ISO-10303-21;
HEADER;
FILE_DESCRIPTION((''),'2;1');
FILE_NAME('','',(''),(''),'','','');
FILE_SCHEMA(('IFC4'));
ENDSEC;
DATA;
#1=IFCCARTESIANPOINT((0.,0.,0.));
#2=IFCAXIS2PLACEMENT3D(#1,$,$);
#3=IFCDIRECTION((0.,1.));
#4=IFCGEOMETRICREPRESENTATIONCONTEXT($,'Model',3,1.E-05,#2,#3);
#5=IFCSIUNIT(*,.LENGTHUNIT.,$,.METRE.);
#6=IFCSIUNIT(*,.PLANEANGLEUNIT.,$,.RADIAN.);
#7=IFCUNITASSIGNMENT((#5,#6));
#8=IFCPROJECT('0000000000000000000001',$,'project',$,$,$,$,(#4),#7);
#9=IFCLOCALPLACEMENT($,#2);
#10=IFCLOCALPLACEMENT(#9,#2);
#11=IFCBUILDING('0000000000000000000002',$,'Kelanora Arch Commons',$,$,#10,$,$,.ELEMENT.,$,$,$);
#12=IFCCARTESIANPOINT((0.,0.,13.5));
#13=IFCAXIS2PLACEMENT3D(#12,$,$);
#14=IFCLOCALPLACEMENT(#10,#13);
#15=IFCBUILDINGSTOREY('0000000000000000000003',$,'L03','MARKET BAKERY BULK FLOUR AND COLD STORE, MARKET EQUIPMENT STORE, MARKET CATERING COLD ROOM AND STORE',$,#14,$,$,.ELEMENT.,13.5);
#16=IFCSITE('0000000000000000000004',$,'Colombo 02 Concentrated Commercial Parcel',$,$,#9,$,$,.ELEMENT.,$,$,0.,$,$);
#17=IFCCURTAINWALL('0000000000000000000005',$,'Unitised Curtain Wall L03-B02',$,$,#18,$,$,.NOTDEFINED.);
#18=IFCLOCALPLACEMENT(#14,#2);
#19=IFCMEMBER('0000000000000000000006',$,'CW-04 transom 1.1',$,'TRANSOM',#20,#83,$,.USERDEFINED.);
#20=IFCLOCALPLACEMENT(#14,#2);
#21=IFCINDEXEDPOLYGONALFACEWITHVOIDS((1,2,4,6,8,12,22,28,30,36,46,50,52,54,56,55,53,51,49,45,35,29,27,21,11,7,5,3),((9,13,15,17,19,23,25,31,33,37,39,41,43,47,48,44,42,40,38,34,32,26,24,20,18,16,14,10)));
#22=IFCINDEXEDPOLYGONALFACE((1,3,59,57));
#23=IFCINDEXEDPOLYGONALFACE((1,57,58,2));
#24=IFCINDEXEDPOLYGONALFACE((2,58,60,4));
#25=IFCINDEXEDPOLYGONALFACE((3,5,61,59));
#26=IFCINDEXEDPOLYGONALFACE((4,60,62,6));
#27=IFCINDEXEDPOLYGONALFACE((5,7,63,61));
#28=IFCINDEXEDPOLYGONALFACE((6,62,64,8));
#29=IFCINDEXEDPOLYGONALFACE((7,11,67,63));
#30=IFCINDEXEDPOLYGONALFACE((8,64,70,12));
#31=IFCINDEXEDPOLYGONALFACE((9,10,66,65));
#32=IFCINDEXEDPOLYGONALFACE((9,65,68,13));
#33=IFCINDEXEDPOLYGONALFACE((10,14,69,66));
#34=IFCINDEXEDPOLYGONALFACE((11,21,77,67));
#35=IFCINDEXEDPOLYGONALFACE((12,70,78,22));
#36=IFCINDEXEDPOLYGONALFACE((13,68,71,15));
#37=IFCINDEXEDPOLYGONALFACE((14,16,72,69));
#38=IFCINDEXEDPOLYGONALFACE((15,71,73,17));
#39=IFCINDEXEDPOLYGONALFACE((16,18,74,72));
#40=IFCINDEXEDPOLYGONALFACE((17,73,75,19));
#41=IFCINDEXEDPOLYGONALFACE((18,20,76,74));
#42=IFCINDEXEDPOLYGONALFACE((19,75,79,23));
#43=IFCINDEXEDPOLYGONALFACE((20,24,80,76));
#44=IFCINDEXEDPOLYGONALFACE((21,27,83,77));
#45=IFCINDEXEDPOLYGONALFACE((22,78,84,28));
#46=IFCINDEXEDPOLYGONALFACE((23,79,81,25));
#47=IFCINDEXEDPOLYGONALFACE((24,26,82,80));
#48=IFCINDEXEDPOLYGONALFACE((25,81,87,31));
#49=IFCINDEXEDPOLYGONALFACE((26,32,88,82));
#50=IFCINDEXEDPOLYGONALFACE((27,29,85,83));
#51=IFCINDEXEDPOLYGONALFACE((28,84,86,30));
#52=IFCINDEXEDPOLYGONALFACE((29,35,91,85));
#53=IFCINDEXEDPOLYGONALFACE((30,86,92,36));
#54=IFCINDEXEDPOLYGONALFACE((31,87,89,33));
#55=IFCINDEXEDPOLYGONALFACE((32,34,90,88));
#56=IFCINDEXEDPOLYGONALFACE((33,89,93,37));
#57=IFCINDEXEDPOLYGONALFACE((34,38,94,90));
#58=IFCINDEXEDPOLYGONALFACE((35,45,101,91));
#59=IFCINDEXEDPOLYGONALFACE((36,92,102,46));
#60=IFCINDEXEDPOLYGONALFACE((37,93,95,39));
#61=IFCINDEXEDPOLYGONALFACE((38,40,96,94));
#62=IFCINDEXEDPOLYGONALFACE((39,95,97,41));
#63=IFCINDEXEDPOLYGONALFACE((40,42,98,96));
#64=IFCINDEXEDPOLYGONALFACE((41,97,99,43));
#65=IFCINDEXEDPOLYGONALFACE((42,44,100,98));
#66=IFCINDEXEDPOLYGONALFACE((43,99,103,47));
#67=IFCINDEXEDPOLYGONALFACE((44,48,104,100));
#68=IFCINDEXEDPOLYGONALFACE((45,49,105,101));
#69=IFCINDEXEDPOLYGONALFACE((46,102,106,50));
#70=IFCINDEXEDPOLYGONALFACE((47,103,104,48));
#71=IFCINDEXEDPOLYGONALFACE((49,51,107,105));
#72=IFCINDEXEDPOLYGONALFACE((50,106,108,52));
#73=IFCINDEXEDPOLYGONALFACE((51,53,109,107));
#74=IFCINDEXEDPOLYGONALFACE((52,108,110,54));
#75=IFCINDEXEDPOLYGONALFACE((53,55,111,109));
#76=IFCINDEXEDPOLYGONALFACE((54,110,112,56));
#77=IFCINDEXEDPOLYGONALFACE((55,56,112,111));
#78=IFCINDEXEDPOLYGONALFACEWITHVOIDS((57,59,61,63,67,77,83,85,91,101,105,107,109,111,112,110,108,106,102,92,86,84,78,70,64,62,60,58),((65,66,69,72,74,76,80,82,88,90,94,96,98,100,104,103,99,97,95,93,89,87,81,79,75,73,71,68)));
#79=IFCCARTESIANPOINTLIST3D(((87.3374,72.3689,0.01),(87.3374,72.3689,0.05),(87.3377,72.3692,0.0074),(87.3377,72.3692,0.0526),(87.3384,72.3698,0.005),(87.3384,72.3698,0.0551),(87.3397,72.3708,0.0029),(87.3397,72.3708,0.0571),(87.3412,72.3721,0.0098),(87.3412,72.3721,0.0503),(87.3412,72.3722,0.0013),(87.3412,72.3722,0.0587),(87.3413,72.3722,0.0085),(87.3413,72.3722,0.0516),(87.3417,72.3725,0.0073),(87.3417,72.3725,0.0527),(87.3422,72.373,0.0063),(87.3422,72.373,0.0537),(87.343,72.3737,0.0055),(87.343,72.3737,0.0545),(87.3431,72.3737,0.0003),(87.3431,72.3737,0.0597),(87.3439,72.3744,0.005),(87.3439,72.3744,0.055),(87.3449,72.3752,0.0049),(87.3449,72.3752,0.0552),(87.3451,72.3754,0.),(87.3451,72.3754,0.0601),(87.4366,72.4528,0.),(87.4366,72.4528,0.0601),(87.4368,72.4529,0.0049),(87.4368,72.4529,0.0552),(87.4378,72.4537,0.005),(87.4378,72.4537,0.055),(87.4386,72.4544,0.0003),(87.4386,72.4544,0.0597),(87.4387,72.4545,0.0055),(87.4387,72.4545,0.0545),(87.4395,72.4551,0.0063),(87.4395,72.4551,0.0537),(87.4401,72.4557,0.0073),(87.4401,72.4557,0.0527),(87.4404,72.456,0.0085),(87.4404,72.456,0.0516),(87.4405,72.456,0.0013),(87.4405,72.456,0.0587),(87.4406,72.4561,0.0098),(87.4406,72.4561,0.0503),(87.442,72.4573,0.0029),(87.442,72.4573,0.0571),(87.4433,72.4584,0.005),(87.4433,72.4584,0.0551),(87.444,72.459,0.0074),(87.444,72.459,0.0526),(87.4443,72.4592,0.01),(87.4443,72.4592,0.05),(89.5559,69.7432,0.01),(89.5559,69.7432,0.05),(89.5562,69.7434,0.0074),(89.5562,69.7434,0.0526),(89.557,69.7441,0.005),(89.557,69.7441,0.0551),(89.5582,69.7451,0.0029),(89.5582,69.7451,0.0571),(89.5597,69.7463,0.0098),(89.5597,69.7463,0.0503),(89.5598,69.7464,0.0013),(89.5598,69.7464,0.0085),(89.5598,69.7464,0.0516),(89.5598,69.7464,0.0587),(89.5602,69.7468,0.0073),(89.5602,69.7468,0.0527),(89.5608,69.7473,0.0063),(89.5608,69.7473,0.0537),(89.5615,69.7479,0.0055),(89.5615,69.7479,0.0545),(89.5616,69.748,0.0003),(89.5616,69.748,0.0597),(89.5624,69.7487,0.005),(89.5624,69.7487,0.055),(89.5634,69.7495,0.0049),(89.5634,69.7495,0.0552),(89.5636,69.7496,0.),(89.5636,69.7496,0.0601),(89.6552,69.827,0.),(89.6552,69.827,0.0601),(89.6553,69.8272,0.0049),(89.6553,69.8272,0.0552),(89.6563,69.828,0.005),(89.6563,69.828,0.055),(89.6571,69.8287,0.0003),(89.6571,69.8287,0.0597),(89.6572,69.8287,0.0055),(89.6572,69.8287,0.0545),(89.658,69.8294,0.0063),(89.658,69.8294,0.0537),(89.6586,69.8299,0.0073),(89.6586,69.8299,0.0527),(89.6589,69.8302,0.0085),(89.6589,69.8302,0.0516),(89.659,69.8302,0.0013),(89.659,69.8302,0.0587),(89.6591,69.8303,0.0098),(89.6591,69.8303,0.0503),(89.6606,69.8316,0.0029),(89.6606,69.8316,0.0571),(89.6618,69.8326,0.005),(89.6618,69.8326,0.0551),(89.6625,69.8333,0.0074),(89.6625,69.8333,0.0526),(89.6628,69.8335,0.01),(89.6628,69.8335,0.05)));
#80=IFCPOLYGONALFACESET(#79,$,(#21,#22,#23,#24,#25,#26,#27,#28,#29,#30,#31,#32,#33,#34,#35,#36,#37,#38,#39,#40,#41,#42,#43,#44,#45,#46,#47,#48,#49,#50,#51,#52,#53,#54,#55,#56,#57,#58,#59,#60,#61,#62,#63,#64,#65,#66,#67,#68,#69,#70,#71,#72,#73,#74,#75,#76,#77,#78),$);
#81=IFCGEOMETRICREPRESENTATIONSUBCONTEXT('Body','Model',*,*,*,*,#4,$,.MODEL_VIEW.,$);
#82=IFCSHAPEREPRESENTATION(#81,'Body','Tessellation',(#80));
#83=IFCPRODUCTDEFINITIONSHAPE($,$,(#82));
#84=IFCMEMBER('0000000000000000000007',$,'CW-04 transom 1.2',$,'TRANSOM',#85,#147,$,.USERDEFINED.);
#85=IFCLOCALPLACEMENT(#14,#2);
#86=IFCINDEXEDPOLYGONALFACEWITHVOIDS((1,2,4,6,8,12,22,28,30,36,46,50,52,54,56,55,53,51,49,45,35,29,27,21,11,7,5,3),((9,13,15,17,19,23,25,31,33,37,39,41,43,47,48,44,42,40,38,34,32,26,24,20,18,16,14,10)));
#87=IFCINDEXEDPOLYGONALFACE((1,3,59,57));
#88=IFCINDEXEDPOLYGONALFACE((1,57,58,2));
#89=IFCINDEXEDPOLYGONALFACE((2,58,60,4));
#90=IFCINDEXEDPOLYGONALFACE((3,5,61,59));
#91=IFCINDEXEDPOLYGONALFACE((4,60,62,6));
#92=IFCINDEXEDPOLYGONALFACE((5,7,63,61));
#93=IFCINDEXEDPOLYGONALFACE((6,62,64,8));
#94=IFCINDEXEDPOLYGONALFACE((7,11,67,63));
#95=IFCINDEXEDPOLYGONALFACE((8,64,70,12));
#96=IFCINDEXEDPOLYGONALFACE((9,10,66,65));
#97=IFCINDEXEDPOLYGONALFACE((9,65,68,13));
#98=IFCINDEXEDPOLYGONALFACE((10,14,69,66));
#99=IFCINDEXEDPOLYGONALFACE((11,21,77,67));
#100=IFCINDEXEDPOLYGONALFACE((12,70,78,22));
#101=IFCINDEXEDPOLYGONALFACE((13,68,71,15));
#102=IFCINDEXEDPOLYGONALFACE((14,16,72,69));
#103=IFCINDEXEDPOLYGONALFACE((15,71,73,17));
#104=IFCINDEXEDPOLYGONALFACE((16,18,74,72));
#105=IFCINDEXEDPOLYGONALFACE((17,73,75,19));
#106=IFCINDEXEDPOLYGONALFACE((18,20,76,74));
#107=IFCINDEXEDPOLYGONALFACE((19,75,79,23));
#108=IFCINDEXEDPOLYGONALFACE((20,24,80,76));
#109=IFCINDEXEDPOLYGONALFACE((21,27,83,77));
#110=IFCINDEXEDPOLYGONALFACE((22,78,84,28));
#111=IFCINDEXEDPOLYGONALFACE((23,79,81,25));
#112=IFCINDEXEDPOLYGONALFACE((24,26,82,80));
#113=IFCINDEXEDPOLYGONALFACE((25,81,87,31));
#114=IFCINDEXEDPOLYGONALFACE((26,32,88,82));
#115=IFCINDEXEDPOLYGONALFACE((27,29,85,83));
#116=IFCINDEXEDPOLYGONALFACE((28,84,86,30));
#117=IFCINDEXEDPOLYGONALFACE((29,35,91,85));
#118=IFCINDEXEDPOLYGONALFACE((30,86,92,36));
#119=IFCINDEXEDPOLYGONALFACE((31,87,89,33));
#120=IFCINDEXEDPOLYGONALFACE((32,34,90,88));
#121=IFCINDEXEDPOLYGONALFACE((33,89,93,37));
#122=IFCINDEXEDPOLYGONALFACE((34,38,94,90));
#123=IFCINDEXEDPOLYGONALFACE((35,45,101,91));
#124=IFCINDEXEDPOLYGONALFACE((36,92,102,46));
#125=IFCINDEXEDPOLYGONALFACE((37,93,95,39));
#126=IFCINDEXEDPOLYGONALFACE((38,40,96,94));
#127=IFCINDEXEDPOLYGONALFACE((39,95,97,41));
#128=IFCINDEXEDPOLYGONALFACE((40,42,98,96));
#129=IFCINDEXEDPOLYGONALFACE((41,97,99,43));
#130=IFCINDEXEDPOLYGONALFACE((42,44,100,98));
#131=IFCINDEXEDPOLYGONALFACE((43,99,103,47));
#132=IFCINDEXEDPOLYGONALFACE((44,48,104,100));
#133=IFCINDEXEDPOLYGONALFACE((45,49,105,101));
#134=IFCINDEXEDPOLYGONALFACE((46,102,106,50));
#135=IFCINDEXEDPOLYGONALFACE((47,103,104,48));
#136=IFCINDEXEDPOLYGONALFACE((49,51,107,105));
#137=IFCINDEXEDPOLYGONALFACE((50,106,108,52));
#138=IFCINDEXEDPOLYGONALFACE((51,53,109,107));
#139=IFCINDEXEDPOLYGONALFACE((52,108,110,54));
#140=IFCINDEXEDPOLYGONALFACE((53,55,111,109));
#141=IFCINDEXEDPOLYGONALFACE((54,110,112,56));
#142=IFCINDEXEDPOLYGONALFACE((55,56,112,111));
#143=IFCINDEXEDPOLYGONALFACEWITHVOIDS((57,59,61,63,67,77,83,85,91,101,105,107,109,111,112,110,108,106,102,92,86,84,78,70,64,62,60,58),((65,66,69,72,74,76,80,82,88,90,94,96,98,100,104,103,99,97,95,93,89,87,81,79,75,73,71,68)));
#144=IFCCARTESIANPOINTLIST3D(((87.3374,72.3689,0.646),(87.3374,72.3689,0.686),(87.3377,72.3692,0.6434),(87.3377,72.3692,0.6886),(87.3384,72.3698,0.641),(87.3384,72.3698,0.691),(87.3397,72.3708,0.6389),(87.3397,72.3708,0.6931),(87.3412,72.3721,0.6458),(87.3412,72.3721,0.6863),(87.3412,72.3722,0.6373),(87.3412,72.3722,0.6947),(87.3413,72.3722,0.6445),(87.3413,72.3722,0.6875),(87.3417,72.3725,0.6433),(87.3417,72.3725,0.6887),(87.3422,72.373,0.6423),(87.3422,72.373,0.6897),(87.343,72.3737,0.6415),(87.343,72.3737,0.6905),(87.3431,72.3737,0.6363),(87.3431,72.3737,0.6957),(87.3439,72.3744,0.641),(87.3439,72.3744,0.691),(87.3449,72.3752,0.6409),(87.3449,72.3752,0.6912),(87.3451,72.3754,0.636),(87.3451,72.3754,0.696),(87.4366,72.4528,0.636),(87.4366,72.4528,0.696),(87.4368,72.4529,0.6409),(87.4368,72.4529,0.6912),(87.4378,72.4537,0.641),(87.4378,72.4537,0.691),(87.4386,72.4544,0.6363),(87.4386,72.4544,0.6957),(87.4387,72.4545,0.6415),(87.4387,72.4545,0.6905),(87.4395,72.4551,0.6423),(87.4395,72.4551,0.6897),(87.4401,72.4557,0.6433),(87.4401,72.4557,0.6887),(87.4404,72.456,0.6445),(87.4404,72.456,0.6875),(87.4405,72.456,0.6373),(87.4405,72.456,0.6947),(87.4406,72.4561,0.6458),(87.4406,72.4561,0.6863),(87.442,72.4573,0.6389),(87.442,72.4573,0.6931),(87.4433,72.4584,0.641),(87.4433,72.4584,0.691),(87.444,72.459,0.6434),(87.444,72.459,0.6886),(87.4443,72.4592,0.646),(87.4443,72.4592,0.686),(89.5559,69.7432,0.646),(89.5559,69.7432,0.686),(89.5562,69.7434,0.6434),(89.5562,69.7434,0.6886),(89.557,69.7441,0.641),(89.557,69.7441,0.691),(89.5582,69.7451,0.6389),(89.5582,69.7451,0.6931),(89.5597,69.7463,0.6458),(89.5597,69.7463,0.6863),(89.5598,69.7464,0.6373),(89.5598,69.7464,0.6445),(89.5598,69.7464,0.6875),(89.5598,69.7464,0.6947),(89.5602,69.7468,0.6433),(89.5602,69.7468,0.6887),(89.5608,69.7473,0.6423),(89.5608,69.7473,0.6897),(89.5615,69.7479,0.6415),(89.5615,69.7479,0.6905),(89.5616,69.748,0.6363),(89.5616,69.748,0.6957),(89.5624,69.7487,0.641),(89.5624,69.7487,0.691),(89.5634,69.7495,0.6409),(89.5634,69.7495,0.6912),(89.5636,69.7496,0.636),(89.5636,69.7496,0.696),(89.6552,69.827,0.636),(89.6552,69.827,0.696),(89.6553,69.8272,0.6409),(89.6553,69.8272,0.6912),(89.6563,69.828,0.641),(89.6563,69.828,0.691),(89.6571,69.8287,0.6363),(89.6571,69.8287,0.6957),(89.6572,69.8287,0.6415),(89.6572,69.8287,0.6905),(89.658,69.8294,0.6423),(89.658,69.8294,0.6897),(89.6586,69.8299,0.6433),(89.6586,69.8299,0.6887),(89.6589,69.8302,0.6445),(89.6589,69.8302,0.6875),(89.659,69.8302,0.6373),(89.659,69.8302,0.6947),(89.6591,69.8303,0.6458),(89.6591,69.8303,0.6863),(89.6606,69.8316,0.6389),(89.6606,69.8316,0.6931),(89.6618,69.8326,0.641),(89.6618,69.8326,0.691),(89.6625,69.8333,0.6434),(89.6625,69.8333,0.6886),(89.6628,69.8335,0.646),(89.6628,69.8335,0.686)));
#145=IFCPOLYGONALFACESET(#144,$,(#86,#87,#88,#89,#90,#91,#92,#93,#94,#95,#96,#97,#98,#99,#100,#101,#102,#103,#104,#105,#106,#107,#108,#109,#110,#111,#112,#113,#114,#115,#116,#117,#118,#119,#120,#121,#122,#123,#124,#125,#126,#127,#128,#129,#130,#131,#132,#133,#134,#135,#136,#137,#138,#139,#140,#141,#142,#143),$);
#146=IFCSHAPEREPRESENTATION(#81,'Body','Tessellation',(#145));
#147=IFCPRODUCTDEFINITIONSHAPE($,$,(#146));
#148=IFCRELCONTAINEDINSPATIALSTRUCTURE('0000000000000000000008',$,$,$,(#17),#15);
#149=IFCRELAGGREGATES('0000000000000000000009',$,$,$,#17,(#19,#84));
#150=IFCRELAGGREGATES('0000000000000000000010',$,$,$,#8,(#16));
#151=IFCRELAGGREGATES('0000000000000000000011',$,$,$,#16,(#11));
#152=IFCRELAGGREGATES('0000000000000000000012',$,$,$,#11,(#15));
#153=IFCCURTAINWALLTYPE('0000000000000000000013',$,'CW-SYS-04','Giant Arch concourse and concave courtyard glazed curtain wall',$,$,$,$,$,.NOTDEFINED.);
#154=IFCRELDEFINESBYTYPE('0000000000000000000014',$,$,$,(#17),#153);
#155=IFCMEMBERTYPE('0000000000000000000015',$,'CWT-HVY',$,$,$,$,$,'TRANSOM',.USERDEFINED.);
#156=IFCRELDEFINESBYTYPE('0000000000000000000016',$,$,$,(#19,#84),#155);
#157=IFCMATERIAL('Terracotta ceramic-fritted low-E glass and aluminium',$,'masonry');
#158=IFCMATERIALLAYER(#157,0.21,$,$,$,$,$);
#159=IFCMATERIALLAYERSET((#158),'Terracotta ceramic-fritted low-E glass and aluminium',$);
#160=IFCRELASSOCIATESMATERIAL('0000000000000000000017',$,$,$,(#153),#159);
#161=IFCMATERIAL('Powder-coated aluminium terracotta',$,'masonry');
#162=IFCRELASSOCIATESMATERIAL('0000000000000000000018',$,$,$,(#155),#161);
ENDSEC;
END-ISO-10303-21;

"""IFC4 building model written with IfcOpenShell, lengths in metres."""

from ifc_helpers import new_model, si_unit, direction, frame, origin, origin_2d, place, context, subcontext, project, spatial, hollow_rectangle, extrude, material, layer, layer_set, material_profile, profile_set, type_object, element, aggregate, save


model = new_model("IFC4")

# Units and contexts
model_context = context("Model", 3, precision=1e-05, world=origin(), true_north=direction((0.0, 1.0)))
body_context = subcontext(model_context, "Body", "Model", "MODEL_VIEW")
ifc_project = project(units=[si_unit("LENGTHUNIT", "METRE"), si_unit("PLANEANGLEUNIT", "RADIAN")], contexts=[model_context])

# Site, building, storey
site_placement = place(None, origin())
site = spatial("IfcSite", under=ifc_project, at=site_placement, Name="Colombo 02 Concentrated Commercial Parcel", CompositionType="ELEMENT", RefElevation=0.0)
building_placement = place(site_placement, origin())
building = spatial("IfcBuilding", under=site, at=building_placement, Name="Kelanora Arch Commons", CompositionType="ELEMENT")
storey_placement = place(building_placement, frame((0.0, 0.0, 13.5)))
storey = spatial("IfcBuildingStorey", under=building, at=storey_placement, Name="L03", Description="MARKET BAKERY BULK FLOUR AND COLD STORE, MARKET EQUIPMENT STORE, MARKET CATERING COLD ROOM AND STORE", CompositionType="ELEMENT", Elevation=13.5)

# Curtain wall
ifc_material_1 = material(Name="Terracotta ceramic-fritted low-E glass and aluminium", Category="masonry")
ifc_layer_1 = layer(ifc_material_1, 0.21)
ifc_layer_set_1 = layer_set([ifc_layer_1], Name="Terracotta ceramic-fritted low-E glass and aluminium")
curtain_wall_type = type_object("IfcCurtainWallType", Name="CW-SYS-04", Description="Giant Arch concourse and concave courtyard glazed curtain wall", PredefinedType="NOTDEFINED", material=ifc_layer_set_1)
curtain_wall_1_placement = place(storey_placement, origin())
curtain_wall_1 = element("IfcCurtainWall", 1, at=curtain_wall_1_placement, inside=storey, type_object=curtain_wall_type, Name="Unitised Curtain Wall L03-B02", PredefinedType="NOTDEFINED")
ifc_material_2 = material(Name="Powder-coated aluminium terracotta", Category="masonry")

# Members
ifc_material_profile_1 = material_profile(ifc_material_2, hollow_rectangle(XDim=0.1399, YDim=0.0601, WallThickness=0.0049, InnerFilletRadius=0.0049, OuterFilletRadius=0.01, at=origin_2d()), Name="CWT140x60")
ifc_profile_set_1 = profile_set([ifc_material_profile_1], Name="Powder-coated aluminium terracotta")
member_type_1 = type_object("IfcMemberType", Name="CWT-HVY", ElementType="TRANSOM", PredefinedType="USERDEFINED", material=ifc_profile_set_1)
member_1_placement = place(storey_placement, frame((89.6094, 69.7883, 0.03), z_axis=(-0.645388, 0.763855, 0.0), x_axis=(-0.763855, -0.645388, 0.0)))
member_1 = element("IfcMember", 2, at=member_1_placement, type_object=member_type_1, Name="CW-04 transom 1.1", ObjectType="TRANSOM", PredefinedType="USERDEFINED", context=body_context, shape_type="SweptSolid", body=[
    extrude(hollow_rectangle(XDim=0.1399, YDim=0.0601, WallThickness=0.0049, InnerFilletRadius=0.0049, OuterFilletRadius=0.01, at=origin_2d()), origin(), (0.0, 0.0, 1.0), 3.4375),
])
member_2_placement = place(storey_placement, frame((89.6094, 69.7883, 0.666), z_axis=(-0.645388, 0.763855, 0.0), x_axis=(-0.763855, -0.645388, 0.0)))
member_2 = element("IfcMember", 3, at=member_2_placement, type_object=member_type_1, Name="CW-04 transom 1.2", ObjectType="TRANSOM", PredefinedType="USERDEFINED", context=body_context, shape_type="SweptSolid", body=[
    extrude(hollow_rectangle(XDim=0.1399, YDim=0.0601, WallThickness=0.0049, InnerFilletRadius=0.0049, OuterFilletRadius=0.01, at=origin_2d()), origin(), (0.0, 0.0, 1.0), 3.4375),
])

aggregate(curtain_wall_1, [member_1, member_2])

save(model, "model.ifc")
